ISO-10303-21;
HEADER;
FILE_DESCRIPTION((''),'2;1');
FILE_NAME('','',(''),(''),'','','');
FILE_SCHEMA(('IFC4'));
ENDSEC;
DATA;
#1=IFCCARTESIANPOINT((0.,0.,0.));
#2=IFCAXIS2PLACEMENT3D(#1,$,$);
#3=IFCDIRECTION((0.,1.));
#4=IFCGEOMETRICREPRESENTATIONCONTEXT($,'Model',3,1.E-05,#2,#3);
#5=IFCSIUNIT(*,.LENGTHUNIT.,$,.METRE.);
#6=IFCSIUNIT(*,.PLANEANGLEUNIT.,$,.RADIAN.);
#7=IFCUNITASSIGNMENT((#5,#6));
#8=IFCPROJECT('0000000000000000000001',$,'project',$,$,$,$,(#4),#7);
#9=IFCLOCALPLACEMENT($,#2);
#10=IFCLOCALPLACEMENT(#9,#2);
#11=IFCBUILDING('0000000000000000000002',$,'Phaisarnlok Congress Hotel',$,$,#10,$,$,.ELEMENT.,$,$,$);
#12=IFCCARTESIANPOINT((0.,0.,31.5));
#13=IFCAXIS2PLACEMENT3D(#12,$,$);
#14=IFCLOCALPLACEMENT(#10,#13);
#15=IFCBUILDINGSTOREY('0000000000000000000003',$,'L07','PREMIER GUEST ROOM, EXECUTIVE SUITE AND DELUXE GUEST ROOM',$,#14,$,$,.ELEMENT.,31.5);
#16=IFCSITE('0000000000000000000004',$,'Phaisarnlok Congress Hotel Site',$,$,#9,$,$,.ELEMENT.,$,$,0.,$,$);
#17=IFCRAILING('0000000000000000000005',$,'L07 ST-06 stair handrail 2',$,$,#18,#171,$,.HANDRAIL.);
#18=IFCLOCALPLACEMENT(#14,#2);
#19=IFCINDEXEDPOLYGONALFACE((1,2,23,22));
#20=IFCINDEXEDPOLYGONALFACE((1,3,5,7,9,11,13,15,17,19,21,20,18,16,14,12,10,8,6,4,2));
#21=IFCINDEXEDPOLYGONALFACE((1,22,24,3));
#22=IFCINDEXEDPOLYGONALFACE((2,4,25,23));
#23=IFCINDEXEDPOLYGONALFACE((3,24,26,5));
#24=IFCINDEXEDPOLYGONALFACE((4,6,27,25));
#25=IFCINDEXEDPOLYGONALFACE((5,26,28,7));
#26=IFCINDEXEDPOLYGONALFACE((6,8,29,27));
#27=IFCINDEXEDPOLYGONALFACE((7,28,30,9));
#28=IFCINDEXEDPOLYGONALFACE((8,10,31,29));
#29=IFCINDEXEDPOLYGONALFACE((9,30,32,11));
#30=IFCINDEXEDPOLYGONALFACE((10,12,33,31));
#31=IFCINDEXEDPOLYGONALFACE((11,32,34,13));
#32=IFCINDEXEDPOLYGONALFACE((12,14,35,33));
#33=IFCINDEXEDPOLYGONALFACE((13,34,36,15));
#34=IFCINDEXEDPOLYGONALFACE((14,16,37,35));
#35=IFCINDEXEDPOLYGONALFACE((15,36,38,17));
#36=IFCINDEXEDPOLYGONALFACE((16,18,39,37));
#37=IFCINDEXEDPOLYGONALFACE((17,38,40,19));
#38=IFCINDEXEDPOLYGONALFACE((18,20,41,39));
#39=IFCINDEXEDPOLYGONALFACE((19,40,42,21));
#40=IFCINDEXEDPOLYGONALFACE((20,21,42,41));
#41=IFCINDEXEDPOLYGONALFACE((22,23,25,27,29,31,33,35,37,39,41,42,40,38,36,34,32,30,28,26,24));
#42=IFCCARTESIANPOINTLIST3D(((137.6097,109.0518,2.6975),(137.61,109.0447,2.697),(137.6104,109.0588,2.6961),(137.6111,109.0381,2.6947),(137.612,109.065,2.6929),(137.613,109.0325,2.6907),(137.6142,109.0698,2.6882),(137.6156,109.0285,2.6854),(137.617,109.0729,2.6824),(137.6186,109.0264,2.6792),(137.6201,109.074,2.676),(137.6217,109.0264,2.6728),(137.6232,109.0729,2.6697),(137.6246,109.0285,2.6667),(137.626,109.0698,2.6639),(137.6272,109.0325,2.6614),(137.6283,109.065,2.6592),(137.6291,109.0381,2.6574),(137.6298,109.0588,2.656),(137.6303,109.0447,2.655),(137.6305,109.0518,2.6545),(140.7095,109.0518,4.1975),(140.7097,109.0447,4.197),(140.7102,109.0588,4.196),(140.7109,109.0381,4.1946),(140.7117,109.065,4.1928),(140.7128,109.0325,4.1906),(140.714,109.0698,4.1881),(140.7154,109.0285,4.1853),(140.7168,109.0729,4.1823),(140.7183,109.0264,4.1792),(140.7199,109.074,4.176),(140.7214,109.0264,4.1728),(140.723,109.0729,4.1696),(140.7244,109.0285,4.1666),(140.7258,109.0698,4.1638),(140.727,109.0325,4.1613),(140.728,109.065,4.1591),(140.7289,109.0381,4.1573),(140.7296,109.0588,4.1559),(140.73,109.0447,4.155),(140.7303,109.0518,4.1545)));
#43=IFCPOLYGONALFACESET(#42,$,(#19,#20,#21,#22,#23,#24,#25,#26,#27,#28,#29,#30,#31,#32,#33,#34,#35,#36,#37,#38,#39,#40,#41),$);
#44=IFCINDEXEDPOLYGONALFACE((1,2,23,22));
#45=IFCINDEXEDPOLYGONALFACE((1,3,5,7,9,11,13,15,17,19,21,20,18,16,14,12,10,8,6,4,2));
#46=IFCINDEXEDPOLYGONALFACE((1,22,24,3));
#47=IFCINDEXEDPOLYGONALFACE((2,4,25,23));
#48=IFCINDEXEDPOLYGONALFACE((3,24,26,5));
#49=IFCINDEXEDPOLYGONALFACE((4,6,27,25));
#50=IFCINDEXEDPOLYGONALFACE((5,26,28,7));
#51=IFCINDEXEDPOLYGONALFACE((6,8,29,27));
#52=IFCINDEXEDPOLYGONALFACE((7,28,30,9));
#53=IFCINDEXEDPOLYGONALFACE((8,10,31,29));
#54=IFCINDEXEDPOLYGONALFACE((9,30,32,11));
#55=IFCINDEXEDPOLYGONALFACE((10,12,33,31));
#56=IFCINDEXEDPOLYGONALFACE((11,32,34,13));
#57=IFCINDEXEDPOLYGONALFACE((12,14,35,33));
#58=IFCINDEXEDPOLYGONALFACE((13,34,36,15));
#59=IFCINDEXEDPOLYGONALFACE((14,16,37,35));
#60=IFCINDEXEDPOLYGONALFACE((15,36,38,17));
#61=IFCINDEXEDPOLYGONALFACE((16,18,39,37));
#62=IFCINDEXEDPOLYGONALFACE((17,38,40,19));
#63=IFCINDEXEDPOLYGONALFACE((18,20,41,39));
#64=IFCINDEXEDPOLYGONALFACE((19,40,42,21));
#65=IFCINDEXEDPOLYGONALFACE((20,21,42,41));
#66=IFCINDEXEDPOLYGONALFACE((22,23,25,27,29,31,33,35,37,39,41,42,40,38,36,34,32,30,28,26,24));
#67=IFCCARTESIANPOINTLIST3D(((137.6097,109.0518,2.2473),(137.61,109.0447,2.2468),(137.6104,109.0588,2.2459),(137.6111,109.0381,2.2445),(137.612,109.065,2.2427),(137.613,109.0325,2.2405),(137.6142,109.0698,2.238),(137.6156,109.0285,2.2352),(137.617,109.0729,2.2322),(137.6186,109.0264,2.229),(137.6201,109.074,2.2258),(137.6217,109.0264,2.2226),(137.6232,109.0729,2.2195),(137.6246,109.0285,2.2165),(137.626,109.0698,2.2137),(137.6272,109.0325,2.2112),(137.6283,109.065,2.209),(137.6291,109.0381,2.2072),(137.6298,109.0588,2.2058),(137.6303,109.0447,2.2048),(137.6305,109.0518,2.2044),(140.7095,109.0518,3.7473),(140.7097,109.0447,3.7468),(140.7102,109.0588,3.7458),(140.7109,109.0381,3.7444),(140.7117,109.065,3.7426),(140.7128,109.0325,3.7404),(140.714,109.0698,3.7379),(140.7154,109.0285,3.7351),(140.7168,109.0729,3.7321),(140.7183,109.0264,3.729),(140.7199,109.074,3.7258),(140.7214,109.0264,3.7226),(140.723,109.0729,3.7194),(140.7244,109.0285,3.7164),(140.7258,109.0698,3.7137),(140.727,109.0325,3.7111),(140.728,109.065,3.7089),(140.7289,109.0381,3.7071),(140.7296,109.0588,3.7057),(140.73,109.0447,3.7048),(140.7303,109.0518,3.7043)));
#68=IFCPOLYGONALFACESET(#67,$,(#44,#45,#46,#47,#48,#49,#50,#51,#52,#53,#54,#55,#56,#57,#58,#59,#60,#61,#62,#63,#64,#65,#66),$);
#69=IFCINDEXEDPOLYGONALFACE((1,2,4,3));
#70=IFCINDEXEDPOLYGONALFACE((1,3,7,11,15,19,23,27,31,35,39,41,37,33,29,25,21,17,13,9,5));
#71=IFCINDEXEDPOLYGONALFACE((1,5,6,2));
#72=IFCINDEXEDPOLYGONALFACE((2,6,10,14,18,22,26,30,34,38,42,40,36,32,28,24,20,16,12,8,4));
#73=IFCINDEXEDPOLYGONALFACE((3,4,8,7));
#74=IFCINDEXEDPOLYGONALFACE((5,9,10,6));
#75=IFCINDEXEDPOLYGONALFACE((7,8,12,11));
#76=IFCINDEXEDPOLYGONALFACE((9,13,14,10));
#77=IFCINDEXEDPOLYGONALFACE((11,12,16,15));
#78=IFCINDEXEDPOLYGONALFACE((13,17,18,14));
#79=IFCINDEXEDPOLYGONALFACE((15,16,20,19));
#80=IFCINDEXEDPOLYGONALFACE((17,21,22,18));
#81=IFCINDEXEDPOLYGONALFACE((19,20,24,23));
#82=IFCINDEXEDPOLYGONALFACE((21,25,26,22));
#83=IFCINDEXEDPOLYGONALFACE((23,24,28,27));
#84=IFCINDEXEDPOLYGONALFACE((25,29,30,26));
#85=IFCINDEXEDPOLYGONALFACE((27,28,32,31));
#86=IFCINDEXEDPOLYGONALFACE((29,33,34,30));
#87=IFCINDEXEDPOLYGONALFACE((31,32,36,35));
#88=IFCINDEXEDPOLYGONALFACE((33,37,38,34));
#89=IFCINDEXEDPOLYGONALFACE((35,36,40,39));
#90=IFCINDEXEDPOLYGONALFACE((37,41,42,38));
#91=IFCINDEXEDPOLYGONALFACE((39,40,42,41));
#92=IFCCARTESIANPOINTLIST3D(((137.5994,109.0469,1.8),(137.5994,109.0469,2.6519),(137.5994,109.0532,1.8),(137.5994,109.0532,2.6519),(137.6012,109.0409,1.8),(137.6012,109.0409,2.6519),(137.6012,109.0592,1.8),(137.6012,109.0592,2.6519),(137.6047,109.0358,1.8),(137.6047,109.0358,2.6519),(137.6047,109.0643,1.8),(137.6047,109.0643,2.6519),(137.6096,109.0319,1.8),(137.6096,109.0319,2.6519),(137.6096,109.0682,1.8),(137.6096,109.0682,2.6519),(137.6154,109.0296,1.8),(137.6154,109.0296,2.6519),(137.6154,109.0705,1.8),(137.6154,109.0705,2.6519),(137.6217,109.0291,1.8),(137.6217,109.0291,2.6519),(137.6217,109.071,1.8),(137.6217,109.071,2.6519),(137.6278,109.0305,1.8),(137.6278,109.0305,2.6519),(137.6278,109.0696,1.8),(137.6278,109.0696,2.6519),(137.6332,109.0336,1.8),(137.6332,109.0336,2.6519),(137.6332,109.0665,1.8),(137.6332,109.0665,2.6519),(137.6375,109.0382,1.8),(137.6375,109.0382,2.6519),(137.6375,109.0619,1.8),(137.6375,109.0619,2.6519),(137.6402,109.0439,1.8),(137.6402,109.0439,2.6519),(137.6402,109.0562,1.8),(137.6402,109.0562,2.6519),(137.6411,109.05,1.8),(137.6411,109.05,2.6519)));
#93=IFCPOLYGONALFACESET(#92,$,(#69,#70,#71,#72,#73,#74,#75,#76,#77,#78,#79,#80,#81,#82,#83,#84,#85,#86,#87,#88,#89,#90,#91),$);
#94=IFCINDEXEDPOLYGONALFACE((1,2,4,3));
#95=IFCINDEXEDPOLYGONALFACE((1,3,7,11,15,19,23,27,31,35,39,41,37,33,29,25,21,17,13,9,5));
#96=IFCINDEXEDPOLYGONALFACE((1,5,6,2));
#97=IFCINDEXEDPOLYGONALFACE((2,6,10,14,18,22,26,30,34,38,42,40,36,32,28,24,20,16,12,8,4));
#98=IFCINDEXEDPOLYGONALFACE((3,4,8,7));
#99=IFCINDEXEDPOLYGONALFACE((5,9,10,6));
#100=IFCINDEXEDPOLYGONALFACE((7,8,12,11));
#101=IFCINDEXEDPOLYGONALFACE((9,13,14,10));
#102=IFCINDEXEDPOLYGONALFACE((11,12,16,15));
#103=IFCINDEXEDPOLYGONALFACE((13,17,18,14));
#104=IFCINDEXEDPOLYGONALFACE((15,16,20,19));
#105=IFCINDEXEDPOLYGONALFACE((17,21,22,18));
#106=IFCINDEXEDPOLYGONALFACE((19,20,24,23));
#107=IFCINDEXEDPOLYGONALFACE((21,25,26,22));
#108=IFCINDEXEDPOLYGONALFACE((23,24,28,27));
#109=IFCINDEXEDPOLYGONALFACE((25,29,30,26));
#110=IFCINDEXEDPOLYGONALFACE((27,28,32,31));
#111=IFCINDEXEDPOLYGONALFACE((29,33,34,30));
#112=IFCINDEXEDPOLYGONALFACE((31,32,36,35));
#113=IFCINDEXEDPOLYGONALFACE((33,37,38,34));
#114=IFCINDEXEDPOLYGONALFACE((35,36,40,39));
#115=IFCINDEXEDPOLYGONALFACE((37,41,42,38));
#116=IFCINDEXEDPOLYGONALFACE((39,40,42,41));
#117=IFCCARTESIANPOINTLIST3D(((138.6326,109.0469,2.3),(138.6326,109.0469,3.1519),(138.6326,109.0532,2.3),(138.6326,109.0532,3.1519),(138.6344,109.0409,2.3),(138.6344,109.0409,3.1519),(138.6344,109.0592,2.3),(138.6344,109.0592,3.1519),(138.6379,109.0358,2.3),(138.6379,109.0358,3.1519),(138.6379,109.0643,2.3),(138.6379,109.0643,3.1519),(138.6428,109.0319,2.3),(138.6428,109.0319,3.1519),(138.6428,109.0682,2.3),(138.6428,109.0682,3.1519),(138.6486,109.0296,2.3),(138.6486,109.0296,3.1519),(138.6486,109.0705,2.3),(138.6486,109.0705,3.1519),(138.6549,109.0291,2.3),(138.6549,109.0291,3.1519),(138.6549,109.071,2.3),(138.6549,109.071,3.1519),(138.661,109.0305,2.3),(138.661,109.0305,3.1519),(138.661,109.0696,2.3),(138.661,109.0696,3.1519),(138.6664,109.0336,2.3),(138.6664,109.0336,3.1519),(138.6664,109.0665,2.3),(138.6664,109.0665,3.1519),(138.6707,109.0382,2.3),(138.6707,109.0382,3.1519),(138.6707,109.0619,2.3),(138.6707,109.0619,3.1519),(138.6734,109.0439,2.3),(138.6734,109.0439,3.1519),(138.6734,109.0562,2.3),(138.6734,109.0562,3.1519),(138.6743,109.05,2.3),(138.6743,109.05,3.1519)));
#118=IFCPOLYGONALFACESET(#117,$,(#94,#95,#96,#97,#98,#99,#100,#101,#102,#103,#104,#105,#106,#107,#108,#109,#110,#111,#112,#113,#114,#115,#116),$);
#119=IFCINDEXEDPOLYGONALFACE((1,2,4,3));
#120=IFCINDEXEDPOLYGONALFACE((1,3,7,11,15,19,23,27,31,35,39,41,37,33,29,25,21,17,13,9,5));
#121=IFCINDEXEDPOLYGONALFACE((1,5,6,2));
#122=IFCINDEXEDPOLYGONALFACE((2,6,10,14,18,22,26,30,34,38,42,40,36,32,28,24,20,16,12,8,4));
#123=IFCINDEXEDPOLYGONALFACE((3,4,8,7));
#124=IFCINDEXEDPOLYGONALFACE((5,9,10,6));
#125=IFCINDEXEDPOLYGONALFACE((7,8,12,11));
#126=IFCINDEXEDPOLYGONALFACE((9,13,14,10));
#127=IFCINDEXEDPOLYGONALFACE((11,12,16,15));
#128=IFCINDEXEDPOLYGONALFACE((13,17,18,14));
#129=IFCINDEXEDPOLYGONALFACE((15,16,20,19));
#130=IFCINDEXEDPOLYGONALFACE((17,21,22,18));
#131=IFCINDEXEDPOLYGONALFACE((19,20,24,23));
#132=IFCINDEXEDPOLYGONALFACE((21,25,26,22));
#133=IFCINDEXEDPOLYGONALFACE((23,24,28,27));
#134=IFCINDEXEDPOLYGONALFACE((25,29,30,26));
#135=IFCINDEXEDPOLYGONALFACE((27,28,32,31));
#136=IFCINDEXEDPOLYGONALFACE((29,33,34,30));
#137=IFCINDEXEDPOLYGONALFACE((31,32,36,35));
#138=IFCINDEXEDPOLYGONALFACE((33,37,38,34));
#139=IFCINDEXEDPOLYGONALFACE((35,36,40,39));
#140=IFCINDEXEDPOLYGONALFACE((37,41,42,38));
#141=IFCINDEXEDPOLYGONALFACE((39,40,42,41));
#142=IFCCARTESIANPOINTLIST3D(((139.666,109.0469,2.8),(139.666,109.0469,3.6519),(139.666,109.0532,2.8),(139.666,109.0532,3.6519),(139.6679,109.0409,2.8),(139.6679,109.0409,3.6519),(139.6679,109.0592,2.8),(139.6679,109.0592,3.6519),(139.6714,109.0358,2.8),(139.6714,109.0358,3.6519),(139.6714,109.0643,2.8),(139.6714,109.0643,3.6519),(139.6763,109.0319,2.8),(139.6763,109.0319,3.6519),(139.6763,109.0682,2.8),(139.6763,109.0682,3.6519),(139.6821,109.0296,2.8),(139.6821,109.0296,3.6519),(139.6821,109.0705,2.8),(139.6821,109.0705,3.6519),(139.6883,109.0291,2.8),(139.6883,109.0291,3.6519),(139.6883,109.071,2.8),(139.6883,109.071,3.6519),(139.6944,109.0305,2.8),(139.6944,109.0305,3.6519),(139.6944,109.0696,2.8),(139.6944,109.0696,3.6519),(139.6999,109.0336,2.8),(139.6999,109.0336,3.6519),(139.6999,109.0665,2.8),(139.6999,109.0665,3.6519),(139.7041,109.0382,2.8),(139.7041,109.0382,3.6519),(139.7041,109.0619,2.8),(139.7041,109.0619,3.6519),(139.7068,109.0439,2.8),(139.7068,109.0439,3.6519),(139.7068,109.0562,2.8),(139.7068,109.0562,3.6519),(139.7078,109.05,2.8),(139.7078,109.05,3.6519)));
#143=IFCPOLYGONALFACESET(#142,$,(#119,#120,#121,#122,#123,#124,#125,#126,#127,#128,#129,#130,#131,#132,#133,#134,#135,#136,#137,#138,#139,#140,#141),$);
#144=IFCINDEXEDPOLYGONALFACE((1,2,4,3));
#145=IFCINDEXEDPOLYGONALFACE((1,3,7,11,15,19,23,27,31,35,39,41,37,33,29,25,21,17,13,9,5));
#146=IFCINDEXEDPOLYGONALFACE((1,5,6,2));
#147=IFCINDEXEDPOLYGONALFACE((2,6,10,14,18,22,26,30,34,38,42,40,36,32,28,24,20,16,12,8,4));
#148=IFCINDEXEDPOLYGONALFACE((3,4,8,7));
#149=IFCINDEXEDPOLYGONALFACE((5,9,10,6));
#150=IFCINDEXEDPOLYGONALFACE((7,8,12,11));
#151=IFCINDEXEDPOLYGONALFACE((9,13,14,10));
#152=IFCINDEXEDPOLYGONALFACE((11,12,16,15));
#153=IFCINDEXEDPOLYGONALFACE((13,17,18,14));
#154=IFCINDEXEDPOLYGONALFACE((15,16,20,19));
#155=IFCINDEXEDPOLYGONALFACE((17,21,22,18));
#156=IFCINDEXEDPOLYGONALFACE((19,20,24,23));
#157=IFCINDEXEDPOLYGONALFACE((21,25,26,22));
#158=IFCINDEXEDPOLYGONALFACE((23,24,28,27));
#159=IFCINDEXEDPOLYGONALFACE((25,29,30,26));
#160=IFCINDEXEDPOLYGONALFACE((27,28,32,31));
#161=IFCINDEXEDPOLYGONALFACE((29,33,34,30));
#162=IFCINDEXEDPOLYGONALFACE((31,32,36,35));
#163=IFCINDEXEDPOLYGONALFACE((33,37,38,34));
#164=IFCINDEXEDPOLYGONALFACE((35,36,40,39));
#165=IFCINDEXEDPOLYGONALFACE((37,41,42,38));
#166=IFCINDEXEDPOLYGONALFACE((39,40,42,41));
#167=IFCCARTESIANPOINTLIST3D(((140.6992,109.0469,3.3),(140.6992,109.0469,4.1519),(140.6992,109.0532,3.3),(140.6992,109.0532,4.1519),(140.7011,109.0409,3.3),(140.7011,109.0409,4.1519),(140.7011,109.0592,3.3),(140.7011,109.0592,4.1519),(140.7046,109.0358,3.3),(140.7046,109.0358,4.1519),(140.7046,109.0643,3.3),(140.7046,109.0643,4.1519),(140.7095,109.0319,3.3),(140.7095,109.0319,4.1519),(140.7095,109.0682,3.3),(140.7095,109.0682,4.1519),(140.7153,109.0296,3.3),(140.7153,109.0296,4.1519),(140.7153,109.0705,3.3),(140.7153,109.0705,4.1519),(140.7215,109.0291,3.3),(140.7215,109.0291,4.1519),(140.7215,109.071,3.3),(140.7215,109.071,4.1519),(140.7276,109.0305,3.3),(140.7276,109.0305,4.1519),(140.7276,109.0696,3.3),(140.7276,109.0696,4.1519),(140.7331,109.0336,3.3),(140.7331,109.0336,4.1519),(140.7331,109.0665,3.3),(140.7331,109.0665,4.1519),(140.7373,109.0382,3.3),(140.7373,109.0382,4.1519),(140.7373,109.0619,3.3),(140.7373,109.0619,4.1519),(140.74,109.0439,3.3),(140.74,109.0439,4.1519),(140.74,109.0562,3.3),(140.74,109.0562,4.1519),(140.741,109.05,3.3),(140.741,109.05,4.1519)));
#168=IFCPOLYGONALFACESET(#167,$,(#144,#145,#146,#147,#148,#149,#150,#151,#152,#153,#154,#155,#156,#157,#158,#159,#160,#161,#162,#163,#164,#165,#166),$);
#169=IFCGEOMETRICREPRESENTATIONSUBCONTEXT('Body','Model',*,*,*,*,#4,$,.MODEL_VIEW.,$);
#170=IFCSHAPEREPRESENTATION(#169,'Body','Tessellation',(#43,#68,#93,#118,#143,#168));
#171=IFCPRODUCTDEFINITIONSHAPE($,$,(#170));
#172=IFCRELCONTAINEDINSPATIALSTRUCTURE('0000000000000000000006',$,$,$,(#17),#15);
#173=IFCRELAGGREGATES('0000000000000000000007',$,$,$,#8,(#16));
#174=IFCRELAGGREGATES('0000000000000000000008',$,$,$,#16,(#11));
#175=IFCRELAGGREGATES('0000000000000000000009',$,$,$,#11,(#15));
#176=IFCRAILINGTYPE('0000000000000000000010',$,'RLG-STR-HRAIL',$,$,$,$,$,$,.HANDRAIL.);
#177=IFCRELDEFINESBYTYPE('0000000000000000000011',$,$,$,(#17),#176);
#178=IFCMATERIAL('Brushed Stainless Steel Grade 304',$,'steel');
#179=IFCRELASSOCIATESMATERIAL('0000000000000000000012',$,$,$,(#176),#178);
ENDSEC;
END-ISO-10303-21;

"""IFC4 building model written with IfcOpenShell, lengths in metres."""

from ifc_helpers import new_model, si_unit, direction, frame, origin, origin_2d, place, context, subcontext, project, spatial, circle, extrude, material, type_object, element, save


model = new_model("IFC4")

# Units and contexts
model_context = context("Model", 3, precision=1e-05, world=origin(), true_north=direction((0.0, 1.0)))
body_context = subcontext(model_context, "Body", "Model", "MODEL_VIEW")
ifc_project = project(units=[si_unit("LENGTHUNIT", "METRE"), si_unit("PLANEANGLEUNIT", "RADIAN")], contexts=[model_context])

# Site, building, storey
site_placement = place(None, origin())
site = spatial("IfcSite", under=ifc_project, at=site_placement, Name="Phaisarnlok Congress Hotel Site", CompositionType="ELEMENT", RefElevation=0.0)
building_placement = place(site_placement, origin())
building = spatial("IfcBuilding", under=site, at=building_placement, Name="Phaisarnlok Congress Hotel", CompositionType="ELEMENT")
storey_placement = place(building_placement, frame((0.0, 0.0, 31.5)))
storey = spatial("IfcBuildingStorey", under=building, at=storey_placement, Name="L07", Description="PREMIER GUEST ROOM, EXECUTIVE SUITE AND DELUXE GUEST ROOM", CompositionType="ELEMENT", Elevation=31.5)

# Railing
ifc_material_1 = material(Name="Brushed Stainless Steel Grade 304", Category="steel")
railing_type_1 = type_object("IfcRailingType", Name="RLG-STR-HRAIL", PredefinedType="HANDRAIL", material=ifc_material_1)
railing_1_placement = place(storey_placement, frame((137.6201, 109.05, 1.8)))
element("IfcRailing", 1, at=railing_1_placement, inside=storey, type_object=railing_type_1, Name="L07 ST-06 stair handrail 2", PredefinedType="HANDRAIL", context=body_context, shape_type="SweptSolid", body=[
    extrude(circle(Radius=0.0239, at=origin_2d()), frame((0.0, 0.0, 0.876), z_axis=(0.900151, 0.0, 0.435578), x_axis=(0.0, 1.0, 0.0)), (0.0, 0.0, 1.0), 3.4436),
    extrude(circle(Radius=0.0239, at=origin_2d()), frame((0.0, 0.0, 0.4258), z_axis=(0.900151, 0.0, 0.435578), x_axis=(0.0, 1.0, 0.0)), (0.0, 0.0, 1.0), 3.4436),
    extrude(circle(Radius=0.021, at=origin_2d()), origin(), (0.0, 0.0, 1.0), 0.8518),
    extrude(circle(Radius=0.021, at=origin_2d()), frame((1.0332, 0.0, 0.5)), (0.0, 0.0, 1.0), 0.8518),
    extrude(circle(Radius=0.021, at=origin_2d()), frame((2.0667, 0.0, 1.0)), (0.0, 0.0, 1.0), 0.8518),
    extrude(circle(Radius=0.021, at=origin_2d()), frame((3.0999, 0.0, 1.5)), (0.0, 0.0, 1.0), 0.8518),
])

save(model, "model.ifc")
